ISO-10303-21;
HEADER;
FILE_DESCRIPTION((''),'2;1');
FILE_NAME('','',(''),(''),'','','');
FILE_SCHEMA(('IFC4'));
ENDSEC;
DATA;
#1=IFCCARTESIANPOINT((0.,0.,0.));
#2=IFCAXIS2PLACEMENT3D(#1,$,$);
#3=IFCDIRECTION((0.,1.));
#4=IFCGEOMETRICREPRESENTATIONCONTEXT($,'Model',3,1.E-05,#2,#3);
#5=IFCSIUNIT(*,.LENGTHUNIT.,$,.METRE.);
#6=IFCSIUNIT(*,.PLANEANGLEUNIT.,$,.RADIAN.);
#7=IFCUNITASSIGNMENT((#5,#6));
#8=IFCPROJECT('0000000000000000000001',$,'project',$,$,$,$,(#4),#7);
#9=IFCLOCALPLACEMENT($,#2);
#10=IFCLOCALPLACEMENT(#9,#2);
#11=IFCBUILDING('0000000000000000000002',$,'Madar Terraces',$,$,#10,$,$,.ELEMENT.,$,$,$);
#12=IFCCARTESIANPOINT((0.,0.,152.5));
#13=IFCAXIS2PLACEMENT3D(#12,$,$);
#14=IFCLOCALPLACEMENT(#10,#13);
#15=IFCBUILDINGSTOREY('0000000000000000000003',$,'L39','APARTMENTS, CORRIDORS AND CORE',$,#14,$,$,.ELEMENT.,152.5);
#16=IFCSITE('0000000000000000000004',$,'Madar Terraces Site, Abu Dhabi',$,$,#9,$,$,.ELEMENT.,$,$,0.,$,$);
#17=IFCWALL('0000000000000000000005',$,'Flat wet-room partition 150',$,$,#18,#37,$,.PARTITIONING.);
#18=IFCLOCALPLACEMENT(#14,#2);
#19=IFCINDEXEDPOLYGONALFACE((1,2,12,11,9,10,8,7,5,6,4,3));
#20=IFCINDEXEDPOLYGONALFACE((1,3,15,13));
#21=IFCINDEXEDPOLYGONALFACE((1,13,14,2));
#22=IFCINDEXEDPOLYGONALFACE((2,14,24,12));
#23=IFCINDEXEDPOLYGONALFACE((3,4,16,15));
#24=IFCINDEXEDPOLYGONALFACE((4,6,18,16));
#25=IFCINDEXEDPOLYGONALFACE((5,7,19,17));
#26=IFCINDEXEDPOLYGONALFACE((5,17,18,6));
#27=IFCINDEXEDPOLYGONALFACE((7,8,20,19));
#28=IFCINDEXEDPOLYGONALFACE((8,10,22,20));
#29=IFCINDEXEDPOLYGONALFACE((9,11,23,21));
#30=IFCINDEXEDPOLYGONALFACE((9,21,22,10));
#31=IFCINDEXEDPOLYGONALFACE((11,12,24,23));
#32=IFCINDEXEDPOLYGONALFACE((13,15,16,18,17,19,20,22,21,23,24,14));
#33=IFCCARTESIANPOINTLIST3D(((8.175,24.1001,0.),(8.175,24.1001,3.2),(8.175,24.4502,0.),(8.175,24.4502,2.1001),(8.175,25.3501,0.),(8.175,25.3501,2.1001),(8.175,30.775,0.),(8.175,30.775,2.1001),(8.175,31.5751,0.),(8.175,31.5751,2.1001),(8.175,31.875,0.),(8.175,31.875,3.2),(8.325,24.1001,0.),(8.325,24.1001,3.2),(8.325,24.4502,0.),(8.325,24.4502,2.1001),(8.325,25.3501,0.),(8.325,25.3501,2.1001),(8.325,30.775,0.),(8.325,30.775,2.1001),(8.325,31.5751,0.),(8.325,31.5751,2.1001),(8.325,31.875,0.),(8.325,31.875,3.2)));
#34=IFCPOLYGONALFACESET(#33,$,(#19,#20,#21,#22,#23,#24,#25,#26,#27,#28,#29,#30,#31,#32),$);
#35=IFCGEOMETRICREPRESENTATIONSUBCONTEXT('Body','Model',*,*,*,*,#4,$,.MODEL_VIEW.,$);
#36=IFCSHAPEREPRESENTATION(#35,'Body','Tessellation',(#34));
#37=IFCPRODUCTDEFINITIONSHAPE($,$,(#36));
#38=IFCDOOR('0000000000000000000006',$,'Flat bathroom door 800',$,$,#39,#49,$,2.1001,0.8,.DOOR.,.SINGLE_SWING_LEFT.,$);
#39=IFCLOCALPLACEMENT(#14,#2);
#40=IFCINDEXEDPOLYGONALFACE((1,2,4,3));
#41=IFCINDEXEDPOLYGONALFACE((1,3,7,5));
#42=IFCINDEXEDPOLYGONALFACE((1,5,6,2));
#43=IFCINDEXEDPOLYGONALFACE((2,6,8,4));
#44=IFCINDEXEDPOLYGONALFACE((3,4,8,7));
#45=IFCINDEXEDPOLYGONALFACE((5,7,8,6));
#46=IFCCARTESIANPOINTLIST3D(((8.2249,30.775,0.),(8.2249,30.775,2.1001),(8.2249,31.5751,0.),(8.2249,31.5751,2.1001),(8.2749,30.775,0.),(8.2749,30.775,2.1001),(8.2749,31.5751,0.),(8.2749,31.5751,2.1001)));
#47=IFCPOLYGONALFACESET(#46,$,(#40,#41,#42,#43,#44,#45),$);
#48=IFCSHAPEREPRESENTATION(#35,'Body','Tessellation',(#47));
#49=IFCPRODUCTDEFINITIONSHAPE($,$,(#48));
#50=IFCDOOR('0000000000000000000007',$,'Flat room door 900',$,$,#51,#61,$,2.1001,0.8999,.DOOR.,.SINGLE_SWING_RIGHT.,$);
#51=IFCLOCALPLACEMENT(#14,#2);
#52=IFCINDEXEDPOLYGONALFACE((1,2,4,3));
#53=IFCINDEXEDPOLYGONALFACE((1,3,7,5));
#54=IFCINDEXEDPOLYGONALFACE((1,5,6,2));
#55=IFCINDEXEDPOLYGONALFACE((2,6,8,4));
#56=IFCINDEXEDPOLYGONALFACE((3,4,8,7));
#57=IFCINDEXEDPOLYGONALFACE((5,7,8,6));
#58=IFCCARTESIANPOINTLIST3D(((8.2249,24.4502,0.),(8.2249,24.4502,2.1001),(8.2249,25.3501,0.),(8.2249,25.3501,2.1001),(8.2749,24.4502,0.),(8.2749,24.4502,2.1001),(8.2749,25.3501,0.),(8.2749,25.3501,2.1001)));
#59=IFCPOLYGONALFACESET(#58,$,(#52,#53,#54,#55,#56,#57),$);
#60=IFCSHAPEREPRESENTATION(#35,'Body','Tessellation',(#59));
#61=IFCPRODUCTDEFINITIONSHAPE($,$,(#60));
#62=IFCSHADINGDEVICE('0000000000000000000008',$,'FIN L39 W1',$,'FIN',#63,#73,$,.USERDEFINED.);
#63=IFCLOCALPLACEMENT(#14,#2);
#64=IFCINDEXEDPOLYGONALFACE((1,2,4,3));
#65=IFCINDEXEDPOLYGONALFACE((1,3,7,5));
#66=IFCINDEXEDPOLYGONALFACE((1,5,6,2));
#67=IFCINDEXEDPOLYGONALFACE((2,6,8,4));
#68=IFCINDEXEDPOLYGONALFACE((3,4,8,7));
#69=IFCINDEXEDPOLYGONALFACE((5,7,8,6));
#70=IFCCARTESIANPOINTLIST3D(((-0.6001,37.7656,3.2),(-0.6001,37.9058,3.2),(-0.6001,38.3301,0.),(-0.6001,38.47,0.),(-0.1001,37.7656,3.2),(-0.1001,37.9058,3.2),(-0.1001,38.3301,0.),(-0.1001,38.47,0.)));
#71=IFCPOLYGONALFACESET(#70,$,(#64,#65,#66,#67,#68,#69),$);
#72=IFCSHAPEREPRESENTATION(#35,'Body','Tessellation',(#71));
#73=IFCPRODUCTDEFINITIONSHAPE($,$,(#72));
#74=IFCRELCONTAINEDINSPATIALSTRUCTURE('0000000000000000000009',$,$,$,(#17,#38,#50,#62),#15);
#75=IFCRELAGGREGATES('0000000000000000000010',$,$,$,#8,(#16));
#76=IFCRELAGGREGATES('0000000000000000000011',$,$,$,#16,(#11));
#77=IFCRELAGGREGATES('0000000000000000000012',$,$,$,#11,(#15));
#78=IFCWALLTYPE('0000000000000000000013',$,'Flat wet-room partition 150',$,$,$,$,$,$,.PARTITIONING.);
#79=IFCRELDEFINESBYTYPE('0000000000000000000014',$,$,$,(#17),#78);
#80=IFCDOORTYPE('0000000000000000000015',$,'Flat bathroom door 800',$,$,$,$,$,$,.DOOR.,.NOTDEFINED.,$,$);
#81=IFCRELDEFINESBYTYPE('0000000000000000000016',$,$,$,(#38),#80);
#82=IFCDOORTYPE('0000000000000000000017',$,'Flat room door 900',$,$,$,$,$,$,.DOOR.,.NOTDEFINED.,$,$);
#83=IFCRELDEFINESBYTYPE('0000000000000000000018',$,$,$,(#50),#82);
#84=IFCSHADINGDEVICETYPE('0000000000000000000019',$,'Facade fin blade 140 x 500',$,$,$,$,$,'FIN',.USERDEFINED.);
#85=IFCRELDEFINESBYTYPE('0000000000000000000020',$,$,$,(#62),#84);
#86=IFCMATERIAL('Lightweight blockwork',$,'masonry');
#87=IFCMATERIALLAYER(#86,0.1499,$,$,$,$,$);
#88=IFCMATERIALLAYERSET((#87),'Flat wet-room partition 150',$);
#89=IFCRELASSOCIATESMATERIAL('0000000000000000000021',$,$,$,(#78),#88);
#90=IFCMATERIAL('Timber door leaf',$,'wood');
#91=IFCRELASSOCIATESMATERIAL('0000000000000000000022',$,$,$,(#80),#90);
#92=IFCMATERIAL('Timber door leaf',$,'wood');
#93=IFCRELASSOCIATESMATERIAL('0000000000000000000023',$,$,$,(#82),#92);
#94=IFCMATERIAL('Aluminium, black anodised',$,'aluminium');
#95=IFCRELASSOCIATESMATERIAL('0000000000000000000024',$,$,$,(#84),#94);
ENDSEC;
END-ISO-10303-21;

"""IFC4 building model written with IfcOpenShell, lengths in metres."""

from ifc_helpers import new_model, si_unit, direction, frame, frame_2d, origin, place, context, subcontext, project, spatial, polyline, rectangle, outline, extrude, material, layer, layer_set, type_object, element, fill, save


model = new_model("IFC4")

# Units and contexts
model_context = context("Model", 3, precision=1e-05, world=origin(), true_north=direction((0.0, 1.0)))
body_context = subcontext(model_context, "Body", "Model", "MODEL_VIEW")
ifc_project = project(units=[si_unit("LENGTHUNIT", "METRE"), si_unit("PLANEANGLEUNIT", "RADIAN")], contexts=[model_context])

# Site, building, storey
site_placement = place(None, origin())
site = spatial("IfcSite", under=ifc_project, at=site_placement, Name="Madar Terraces Site, Abu Dhabi", CompositionType="ELEMENT", RefElevation=0.0)
building_placement = place(site_placement, origin())
building = spatial("IfcBuilding", under=site, at=building_placement, Name="Madar Terraces", CompositionType="ELEMENT")
storey_placement = place(building_placement, frame((0.0, 0.0, 152.5)))
storey = spatial("IfcBuildingStorey", under=building, at=storey_placement, Name="L39", Description="APARTMENTS, CORRIDORS AND CORE", CompositionType="ELEMENT", Elevation=152.5)

# Wall, openings, doors
ifc_material_1 = material(Name="Lightweight blockwork", Category="masonry")
ifc_layer_1 = layer(ifc_material_1, 0.1499)
ifc_layer_set_1 = layer_set([ifc_layer_1], Name="Flat wet-room partition 150")
wall_type_1 = type_object("IfcWallType", Name="Flat wet-room partition 150", PredefinedType="PARTITIONING", material=ifc_layer_set_1)
ifc_material_2 = material(Name="Timber door leaf", Category="wood")
door_type_1 = type_object("IfcDoorType", Name="Flat bathroom door 800", OperationType="NOTDEFINED", PredefinedType="DOOR", material=ifc_material_2)
ifc_material_3 = material(Name="Timber door leaf", Category="wood")
door_type_2 = type_object("IfcDoorType", Name="Flat room door 900", OperationType="NOTDEFINED", PredefinedType="DOOR", material=ifc_material_3)
wall_1_placement = place(storey_placement, frame((8.25, 31.875, 0.0), z_axis=(0.0, 0.0, 1.0), x_axis=(0.0, -1.0, 0.0)))
wall_1 = element("IfcWall", 1, at=wall_1_placement, inside=storey, type_object=wall_type_1, Name="Flat wet-room partition 150", PredefinedType="PARTITIONING", context=body_context, shape_type="SweptSolid", body=[
    extrude(rectangle(XDim=7.7749, YDim=0.1499, at=frame_2d((3.8875, 0.0))), origin(), (0.0, 0.0, 1.0), 3.2),
])
opening_1_placement = place(wall_1_placement, frame((0.3, 0.0, 0.0)))
opening_1 = element("IfcOpeningElement", 2, at=opening_1_placement, cuts=wall_1, PredefinedType="OPENING", context=body_context, shape_type="SweptSolid", body=[
    extrude(rectangle(XDim=0.8, YDim=2.1001, at=frame_2d((0.3999, 1.05))), frame((0.0, 0.085, 0.0), z_axis=(0.0, -1.0, 0.0), x_axis=(1.0, 0.0, 0.0)), (0.0, 0.0, 1.0), 0.1699),
])
opening_2_placement = place(wall_1_placement, frame((6.5249, 0.0, 0.0)))
opening_2 = element("IfcOpeningElement", 3, at=opening_2_placement, cuts=wall_1, PredefinedType="OPENING", context=body_context, shape_type="SweptSolid", body=[
    extrude(rectangle(XDim=0.8999, YDim=2.1001, at=frame_2d((0.45, 1.05))), frame((0.0, 0.085, 0.0), z_axis=(0.0, -1.0, 0.0), x_axis=(1.0, 0.0, 0.0)), (0.0, 0.0, 1.0), 0.1699),
])
door_1_placement = place(opening_1_placement, origin())
door_1 = element("IfcDoor", 4, at=door_1_placement, inside=storey, type_object=door_type_1, Name="Flat bathroom door 800", OperationType="SINGLE_SWING_LEFT", OverallHeight=2.1001, OverallWidth=0.8, PredefinedType="DOOR", context=body_context, shape_type="SweptSolid", body=[
    extrude(rectangle(XDim=0.8, YDim=2.1001, at=frame_2d((0.3999, 1.05))), frame((0.0, 0.0249, 0.0), z_axis=(0.0, -1.0, 0.0), x_axis=(1.0, 0.0, 0.0)), (0.0, 0.0, 1.0), 0.05),
])
fill(opening_1, door_1)
door_2_placement = place(opening_2_placement, origin())
door_2 = element("IfcDoor", 5, at=door_2_placement, inside=storey, type_object=door_type_2, Name="Flat room door 900", OperationType="SINGLE_SWING_RIGHT", OverallHeight=2.1001, OverallWidth=0.8999, PredefinedType="DOOR", context=body_context, shape_type="SweptSolid", body=[
    extrude(rectangle(XDim=0.8999, YDim=2.1001, at=frame_2d((0.45, 1.05))), frame((0.0, 0.0249, 0.0), z_axis=(0.0, -1.0, 0.0), x_axis=(1.0, 0.0, 0.0)), (0.0, 0.0, 1.0), 0.05),
])
fill(opening_2, door_2)

# Shading device
ifc_material_4 = material(Name="Aluminium, black anodised", Category="aluminium")
shading_device_type = type_object("IfcShadingDeviceType", Name="Facade fin blade 140 x 500", ElementType="FIN", PredefinedType="USERDEFINED", material=ifc_material_4)
shading_device_placement = place(storey_placement, frame((-0.3501, 38.47, 0.0), z_axis=(0.0, 0.0, 1.0), x_axis=(0.0, -1.0, 0.0)))
element("IfcShadingDevice", 6, at=shading_device_placement, inside=storey, type_object=shading_device_type, Name="FIN L39 W1", ObjectType="FIN", PredefinedType="USERDEFINED", context=body_context, shape_type="SweptSolid", body=[
    extrude(outline(polyline([(0.0, 0.0), (0.1399, 0.0), (0.7043, 3.2), (0.5642, 3.2), (0.0, 0.0)])), frame((0.0, 0.25, 0.0), z_axis=(0.0, -1.0, 0.0), x_axis=(1.0, 0.0, 0.0)), (0.0, 0.0, 1.0), 0.5),
])

save(model, "model.ifc")
